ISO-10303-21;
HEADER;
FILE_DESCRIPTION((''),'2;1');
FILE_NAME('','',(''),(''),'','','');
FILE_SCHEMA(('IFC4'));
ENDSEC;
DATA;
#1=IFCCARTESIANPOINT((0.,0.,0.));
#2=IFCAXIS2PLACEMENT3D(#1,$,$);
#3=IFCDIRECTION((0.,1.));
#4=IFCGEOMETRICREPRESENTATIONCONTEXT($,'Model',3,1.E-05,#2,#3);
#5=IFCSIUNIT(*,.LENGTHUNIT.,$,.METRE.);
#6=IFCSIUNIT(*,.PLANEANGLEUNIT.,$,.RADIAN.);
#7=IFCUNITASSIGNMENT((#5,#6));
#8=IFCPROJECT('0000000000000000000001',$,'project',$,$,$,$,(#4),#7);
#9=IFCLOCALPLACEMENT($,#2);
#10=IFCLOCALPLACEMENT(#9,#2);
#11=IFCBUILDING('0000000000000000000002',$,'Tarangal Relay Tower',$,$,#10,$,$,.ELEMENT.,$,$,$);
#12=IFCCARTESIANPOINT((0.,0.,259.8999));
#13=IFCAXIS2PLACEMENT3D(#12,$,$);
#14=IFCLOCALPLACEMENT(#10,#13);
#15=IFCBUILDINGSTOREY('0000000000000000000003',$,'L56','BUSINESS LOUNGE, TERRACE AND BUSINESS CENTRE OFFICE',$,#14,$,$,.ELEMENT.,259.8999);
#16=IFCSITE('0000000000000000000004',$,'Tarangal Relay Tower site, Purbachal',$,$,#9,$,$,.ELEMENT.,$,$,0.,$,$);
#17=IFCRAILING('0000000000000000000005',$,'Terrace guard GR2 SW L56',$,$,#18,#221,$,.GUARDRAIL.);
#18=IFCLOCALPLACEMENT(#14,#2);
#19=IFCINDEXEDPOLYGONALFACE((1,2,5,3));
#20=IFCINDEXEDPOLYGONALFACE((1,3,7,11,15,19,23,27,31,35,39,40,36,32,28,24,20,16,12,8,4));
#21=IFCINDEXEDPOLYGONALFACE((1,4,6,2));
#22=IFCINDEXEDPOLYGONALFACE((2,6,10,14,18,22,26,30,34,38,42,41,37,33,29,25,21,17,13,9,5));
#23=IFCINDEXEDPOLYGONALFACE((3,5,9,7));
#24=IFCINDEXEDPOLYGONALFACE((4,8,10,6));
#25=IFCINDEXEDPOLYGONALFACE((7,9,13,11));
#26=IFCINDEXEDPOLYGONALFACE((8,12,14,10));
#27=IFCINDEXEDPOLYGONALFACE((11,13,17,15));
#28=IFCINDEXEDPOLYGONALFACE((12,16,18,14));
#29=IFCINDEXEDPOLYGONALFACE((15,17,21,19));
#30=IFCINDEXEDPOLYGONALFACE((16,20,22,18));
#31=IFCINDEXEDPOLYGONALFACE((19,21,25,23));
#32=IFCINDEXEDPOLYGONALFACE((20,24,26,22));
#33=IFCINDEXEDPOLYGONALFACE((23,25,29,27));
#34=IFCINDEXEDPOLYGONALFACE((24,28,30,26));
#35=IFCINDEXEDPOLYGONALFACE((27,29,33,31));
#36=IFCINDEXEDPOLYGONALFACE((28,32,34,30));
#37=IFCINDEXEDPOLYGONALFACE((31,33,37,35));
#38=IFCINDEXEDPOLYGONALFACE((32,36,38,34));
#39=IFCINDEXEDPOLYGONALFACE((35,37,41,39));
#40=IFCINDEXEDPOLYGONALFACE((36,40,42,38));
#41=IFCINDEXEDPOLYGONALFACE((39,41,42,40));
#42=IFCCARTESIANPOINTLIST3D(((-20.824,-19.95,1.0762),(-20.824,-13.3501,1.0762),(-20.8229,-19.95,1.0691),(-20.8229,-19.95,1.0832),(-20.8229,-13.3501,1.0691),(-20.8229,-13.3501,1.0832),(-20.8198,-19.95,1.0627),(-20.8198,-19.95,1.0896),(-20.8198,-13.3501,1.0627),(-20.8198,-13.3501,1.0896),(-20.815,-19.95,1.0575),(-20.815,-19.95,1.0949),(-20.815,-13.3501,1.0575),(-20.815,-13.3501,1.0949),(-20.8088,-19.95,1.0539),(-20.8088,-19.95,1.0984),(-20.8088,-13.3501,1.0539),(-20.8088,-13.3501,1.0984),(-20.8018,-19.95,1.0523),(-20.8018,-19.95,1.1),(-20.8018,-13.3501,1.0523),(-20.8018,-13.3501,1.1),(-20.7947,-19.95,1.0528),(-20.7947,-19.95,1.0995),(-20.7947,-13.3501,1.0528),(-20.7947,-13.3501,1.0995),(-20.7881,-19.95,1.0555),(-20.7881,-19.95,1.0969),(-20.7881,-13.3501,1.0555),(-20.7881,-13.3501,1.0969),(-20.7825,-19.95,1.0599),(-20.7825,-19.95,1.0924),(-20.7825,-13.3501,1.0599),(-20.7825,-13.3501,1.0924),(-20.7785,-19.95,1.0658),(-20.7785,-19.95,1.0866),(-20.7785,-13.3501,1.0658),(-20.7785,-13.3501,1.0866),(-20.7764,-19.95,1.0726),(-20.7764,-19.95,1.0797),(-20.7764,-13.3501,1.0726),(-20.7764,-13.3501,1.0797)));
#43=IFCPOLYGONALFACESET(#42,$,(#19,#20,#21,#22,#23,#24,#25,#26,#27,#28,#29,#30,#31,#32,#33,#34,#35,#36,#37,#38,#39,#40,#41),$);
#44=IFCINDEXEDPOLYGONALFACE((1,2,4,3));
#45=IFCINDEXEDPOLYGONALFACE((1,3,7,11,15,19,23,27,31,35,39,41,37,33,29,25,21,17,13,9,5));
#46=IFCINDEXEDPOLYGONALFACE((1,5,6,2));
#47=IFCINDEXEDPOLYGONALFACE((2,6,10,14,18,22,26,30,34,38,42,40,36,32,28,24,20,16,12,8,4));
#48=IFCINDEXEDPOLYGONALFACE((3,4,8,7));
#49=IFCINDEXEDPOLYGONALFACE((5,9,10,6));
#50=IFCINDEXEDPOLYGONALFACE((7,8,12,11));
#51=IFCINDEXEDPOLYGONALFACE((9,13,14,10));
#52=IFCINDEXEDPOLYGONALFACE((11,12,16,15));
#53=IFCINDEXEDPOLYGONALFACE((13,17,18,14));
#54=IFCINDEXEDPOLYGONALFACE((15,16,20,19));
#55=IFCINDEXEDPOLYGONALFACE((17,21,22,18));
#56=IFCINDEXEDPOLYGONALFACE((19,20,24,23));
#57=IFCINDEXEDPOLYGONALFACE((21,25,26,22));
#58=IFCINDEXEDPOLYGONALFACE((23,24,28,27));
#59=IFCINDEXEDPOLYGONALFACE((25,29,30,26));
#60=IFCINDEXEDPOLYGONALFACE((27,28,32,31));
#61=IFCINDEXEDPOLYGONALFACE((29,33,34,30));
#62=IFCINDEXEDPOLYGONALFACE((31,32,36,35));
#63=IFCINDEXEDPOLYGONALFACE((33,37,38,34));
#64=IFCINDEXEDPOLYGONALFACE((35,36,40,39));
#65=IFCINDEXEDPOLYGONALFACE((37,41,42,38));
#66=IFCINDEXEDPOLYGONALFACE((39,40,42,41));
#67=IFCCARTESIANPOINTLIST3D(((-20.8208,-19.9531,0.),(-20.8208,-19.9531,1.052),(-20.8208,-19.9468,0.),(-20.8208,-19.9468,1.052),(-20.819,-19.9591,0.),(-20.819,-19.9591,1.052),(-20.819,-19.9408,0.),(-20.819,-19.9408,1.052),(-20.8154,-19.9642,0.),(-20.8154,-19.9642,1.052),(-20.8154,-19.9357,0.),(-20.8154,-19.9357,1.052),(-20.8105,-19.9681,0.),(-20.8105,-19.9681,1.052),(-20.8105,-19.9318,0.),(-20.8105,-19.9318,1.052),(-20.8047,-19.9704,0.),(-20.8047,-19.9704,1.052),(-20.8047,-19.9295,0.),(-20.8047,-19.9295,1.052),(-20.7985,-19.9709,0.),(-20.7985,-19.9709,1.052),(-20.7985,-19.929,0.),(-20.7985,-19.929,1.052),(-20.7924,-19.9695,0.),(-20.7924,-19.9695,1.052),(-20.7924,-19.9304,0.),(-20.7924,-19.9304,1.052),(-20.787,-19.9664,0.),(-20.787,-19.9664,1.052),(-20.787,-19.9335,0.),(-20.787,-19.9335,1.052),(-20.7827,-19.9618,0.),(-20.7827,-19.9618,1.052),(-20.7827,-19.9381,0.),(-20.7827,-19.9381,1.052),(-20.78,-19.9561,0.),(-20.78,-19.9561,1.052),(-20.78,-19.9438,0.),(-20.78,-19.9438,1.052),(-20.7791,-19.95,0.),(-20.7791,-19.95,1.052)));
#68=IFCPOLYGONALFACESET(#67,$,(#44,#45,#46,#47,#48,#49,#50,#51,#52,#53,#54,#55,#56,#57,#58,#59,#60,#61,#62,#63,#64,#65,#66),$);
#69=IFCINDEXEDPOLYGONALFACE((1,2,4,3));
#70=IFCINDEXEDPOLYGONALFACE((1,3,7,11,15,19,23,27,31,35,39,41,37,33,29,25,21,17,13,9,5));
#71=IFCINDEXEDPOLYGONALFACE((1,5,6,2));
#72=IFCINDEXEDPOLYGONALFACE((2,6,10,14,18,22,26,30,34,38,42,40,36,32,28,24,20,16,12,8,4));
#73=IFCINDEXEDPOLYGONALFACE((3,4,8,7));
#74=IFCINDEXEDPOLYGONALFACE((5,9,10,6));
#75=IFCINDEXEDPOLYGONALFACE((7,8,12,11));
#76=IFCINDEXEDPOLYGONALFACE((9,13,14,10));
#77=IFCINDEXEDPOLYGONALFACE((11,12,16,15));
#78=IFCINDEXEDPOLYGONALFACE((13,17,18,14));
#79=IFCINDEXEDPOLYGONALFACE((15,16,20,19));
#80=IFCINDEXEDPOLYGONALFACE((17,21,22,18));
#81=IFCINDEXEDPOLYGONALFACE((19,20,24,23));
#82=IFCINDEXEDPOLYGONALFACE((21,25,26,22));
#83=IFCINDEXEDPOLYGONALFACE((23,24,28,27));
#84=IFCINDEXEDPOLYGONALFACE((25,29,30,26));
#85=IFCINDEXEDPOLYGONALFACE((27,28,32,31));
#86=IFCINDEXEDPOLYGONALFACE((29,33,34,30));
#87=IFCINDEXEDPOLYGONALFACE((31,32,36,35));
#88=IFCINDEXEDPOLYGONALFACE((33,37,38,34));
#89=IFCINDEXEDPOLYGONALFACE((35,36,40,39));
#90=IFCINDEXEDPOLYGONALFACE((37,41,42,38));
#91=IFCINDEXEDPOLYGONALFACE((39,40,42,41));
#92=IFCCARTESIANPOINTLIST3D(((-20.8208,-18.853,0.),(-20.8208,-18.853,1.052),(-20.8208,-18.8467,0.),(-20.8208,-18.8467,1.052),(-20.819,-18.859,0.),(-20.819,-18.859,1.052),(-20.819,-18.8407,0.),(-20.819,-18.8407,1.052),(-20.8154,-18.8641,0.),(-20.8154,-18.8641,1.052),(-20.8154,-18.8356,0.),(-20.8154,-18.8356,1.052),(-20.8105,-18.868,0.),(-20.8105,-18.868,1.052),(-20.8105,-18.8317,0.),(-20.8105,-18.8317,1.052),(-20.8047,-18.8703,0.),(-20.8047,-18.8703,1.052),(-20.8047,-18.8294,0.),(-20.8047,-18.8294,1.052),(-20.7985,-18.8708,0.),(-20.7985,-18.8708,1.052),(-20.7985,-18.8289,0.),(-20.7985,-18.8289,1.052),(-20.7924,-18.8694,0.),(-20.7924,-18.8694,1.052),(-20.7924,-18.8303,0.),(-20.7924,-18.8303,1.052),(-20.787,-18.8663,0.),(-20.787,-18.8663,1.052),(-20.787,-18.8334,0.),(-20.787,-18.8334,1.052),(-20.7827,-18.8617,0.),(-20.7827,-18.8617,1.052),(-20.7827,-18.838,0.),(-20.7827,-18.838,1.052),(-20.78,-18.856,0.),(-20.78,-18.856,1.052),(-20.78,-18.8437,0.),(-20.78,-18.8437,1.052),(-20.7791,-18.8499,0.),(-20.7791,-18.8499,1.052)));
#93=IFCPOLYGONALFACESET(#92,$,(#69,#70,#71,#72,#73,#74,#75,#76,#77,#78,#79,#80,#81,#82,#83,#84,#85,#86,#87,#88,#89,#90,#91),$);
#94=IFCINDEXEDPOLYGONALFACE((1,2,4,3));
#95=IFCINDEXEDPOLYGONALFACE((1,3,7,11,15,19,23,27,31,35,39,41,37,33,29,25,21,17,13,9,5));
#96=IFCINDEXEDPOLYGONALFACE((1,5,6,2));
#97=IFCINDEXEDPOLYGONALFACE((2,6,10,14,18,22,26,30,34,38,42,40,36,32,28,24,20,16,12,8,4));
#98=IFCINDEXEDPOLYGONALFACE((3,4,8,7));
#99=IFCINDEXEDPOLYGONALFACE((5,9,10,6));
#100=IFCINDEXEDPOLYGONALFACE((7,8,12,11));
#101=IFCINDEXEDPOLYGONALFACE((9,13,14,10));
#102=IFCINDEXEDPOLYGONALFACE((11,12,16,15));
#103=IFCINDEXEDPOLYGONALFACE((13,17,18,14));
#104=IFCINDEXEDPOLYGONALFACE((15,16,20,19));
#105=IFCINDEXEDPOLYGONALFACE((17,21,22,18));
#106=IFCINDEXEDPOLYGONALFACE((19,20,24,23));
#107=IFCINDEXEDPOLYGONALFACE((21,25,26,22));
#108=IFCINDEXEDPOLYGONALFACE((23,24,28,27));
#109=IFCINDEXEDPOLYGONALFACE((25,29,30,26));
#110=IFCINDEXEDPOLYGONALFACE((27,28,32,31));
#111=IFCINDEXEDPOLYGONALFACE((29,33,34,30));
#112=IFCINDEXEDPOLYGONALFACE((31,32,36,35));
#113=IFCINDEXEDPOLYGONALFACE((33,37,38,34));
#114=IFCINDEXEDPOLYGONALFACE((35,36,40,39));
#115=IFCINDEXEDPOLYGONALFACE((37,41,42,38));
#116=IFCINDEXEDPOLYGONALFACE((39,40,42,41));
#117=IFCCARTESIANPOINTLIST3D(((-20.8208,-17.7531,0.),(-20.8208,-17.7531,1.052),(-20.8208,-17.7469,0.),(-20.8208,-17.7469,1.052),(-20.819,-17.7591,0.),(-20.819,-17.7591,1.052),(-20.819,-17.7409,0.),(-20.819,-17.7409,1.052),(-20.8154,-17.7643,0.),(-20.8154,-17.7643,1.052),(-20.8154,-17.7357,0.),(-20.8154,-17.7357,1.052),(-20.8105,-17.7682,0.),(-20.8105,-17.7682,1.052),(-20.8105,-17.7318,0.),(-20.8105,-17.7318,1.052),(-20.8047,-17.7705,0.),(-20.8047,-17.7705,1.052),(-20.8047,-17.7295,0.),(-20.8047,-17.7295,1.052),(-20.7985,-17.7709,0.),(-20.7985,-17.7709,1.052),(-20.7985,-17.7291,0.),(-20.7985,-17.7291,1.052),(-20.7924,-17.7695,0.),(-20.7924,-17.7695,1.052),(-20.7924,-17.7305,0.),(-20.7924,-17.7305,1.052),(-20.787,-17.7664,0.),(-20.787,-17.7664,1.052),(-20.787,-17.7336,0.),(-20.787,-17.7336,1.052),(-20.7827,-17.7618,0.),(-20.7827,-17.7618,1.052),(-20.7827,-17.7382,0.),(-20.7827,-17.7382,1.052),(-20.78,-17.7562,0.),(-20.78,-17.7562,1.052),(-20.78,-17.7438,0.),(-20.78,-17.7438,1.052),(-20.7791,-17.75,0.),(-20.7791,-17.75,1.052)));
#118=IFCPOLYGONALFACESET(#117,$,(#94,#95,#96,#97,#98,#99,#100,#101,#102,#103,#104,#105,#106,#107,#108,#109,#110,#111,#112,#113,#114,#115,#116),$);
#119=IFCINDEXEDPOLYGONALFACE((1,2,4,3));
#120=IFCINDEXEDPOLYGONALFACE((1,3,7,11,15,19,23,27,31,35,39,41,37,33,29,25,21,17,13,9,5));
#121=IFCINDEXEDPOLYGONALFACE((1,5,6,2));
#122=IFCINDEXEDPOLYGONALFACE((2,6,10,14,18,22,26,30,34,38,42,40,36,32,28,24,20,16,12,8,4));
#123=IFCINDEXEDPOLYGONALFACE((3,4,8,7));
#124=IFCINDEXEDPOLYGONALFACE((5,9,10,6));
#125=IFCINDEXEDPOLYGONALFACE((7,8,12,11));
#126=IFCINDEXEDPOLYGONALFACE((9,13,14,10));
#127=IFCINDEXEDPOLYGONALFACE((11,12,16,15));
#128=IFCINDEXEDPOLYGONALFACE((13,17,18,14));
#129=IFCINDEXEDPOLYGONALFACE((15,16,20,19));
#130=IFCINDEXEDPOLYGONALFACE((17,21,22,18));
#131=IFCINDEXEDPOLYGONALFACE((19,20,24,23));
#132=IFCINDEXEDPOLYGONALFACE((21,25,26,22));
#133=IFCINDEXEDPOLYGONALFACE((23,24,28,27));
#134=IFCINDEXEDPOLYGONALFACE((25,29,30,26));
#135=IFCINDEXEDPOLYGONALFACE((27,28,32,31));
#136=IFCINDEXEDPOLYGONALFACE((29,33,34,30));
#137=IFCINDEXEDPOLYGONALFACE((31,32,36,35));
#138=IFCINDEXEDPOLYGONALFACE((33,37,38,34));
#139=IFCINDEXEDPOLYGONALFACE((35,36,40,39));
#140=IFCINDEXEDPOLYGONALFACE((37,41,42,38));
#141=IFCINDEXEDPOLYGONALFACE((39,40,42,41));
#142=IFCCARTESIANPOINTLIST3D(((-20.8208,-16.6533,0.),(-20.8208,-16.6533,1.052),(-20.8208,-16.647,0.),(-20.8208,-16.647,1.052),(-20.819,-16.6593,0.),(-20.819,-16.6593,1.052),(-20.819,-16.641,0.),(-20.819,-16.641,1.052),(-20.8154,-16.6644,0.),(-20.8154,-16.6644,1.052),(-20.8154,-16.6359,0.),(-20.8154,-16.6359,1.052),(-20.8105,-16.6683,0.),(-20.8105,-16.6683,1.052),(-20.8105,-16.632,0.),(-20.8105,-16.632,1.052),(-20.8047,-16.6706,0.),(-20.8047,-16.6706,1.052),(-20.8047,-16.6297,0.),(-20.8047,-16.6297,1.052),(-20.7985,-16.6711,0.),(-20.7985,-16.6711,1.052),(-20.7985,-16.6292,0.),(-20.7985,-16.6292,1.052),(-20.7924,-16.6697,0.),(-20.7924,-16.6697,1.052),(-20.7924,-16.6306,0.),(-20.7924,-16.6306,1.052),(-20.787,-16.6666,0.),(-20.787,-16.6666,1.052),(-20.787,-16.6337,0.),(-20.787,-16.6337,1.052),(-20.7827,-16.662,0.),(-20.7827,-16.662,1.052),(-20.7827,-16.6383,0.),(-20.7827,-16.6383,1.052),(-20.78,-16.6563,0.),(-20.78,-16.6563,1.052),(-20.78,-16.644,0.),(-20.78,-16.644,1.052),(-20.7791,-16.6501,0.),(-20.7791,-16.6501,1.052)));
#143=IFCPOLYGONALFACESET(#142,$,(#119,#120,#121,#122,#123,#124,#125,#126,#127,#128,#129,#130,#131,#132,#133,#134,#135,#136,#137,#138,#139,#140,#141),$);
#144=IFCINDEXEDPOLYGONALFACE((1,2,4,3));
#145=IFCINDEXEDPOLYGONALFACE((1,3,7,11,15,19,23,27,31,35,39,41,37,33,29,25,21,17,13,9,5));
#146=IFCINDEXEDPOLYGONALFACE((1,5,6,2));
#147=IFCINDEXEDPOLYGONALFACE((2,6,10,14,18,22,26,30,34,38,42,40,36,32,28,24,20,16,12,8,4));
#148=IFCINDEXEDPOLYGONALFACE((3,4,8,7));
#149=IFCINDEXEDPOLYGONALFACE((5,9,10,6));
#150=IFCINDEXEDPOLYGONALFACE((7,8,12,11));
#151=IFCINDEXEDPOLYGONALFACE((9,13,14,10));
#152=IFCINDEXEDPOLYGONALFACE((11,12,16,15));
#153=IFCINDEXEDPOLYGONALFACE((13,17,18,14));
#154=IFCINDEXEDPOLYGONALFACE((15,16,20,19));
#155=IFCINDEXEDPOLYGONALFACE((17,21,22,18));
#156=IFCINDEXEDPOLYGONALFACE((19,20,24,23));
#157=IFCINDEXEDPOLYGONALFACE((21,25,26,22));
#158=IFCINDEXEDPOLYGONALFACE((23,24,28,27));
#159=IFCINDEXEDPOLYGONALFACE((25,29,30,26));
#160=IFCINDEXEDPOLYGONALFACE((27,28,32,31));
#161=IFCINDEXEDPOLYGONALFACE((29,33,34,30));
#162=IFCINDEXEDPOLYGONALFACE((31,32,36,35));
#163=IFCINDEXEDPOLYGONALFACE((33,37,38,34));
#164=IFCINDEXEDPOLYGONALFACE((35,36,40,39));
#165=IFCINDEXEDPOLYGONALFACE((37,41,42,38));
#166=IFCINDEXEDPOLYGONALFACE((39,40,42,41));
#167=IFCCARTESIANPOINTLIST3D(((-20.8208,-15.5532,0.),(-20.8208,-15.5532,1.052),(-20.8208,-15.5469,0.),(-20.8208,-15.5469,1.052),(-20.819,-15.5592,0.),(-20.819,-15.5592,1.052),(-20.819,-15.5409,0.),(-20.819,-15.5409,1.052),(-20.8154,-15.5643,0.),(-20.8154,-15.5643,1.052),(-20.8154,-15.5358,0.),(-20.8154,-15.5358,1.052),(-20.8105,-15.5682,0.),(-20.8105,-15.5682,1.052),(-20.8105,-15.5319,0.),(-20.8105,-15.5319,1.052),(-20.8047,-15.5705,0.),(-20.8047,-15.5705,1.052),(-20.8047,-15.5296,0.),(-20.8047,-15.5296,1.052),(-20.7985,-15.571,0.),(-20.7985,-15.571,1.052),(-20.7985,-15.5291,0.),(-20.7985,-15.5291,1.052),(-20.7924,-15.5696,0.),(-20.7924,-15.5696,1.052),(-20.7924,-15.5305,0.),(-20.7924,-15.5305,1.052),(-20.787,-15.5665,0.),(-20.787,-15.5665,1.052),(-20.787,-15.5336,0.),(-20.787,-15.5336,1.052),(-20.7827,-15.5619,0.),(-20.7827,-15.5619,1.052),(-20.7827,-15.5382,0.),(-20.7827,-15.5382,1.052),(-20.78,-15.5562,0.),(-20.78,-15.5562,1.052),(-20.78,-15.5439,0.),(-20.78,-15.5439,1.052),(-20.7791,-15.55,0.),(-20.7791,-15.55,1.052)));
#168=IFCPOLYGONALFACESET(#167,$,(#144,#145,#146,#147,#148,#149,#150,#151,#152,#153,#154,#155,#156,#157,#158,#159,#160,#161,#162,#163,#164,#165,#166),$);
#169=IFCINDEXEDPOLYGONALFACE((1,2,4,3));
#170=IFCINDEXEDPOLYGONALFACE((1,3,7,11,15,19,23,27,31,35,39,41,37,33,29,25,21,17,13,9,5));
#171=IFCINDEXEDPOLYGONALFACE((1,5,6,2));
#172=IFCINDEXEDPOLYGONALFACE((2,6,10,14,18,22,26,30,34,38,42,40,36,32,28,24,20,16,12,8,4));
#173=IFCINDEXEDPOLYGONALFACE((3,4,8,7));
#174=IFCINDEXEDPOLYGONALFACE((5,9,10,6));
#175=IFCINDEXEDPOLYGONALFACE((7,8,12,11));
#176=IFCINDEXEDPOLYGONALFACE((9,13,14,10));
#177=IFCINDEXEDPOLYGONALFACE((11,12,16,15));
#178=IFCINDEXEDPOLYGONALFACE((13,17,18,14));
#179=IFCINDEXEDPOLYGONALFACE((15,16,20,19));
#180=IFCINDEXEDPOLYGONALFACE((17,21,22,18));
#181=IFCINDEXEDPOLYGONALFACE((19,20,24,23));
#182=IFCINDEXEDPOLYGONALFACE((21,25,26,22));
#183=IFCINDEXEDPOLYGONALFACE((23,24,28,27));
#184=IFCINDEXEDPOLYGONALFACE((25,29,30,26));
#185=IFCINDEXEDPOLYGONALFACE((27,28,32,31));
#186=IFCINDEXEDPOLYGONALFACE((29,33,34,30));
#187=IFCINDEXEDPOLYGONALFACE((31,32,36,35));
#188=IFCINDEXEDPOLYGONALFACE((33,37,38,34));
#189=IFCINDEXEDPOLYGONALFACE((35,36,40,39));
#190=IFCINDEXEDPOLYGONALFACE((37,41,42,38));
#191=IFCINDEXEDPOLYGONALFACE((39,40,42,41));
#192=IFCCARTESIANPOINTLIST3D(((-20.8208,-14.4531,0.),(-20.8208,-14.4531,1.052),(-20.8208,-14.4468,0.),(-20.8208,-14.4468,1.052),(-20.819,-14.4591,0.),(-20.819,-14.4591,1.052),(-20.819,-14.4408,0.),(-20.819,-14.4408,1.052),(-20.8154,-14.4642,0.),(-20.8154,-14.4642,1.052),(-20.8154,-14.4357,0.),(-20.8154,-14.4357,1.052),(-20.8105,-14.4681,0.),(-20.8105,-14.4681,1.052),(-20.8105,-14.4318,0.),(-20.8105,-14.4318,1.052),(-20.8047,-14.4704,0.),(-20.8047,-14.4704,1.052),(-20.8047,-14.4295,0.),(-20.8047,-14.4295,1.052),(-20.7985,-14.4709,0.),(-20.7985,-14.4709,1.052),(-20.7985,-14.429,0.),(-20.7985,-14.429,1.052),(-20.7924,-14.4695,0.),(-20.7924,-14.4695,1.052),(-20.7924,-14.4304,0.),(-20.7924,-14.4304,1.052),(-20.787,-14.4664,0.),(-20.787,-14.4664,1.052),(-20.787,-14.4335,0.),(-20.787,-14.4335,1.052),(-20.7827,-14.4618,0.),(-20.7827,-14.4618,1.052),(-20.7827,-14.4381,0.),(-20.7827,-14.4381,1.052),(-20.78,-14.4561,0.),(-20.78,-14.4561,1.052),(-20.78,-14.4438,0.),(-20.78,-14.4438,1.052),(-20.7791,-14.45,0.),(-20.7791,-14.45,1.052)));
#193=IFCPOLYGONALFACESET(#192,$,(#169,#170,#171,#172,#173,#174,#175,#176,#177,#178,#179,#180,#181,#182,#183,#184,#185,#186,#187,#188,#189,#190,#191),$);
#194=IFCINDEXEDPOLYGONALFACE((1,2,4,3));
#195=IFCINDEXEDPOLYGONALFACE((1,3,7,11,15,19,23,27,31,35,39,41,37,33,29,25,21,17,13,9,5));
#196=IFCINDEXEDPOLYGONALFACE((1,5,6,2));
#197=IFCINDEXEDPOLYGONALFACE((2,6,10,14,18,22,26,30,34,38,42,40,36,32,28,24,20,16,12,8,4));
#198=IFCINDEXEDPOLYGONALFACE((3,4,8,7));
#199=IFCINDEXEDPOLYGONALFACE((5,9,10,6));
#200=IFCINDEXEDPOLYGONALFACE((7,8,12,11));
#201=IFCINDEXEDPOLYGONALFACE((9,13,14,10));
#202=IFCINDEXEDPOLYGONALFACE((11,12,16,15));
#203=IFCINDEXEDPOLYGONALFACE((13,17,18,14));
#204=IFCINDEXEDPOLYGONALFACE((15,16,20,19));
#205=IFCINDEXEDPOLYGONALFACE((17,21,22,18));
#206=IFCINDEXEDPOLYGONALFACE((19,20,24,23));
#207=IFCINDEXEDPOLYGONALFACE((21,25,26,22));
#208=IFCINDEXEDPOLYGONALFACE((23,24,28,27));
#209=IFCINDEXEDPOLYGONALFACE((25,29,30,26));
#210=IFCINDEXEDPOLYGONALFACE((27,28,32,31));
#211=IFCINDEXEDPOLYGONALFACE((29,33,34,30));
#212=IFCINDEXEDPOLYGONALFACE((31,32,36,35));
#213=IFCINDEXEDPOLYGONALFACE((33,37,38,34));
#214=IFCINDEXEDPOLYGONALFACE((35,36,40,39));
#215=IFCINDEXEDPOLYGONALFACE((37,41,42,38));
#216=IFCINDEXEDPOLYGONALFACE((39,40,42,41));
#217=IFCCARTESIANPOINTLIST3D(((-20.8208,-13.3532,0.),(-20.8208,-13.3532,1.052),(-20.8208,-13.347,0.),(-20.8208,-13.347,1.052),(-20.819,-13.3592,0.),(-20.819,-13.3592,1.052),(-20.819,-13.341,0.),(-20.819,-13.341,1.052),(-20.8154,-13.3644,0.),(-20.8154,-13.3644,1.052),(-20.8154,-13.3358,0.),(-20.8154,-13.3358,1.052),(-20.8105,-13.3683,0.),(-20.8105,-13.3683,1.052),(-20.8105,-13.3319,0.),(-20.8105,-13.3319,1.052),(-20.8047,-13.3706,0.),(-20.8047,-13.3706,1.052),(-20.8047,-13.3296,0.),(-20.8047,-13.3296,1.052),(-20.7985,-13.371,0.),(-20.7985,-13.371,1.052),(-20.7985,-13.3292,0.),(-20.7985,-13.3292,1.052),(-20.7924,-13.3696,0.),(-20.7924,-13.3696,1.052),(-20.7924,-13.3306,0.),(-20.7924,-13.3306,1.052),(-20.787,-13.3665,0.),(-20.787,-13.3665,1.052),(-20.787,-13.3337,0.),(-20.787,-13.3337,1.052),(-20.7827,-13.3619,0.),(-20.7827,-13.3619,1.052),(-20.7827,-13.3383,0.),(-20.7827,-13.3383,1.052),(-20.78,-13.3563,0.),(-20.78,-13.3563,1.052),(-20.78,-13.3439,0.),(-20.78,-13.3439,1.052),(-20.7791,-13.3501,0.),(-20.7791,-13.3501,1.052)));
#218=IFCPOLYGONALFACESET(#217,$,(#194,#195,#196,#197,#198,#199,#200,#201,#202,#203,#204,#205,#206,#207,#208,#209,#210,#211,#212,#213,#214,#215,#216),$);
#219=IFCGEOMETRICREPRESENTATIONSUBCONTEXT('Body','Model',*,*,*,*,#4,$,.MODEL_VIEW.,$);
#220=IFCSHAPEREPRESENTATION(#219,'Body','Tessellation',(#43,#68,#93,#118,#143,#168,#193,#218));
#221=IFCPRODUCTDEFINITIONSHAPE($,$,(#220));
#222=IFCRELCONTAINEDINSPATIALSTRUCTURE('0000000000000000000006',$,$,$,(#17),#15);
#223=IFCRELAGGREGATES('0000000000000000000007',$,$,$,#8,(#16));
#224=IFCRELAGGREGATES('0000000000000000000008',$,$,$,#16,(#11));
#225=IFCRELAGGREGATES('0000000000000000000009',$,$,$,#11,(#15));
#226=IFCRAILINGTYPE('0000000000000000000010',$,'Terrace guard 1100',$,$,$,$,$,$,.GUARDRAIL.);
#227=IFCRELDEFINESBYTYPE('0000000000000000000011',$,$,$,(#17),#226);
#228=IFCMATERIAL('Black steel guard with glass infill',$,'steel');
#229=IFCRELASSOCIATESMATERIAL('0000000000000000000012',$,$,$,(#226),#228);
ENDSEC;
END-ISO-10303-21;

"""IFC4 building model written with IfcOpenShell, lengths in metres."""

from ifc_helpers import new_model, si_unit, direction, frame, origin, origin_2d, place, context, subcontext, project, spatial, circle, extrude, material, type_object, element, save


model = new_model("IFC4")

# Units and contexts
model_context = context("Model", 3, precision=1e-05, world=origin(), true_north=direction((0.0, 1.0)))
body_context = subcontext(model_context, "Body", "Model", "MODEL_VIEW")
ifc_project = project(units=[si_unit("LENGTHUNIT", "METRE"), si_unit("PLANEANGLEUNIT", "RADIAN")], contexts=[model_context])

# Site, building, storey
site_placement = place(None, origin())
site = spatial("IfcSite", under=ifc_project, at=site_placement, Name="Tarangal Relay Tower site, Purbachal", CompositionType="ELEMENT", RefElevation=0.0)
building_placement = place(site_placement, origin())
building = spatial("IfcBuilding", under=site, at=building_placement, Name="Tarangal Relay Tower", CompositionType="ELEMENT")
storey_placement = place(building_placement, frame((0.0, 0.0, 259.8999)))
storey = spatial("IfcBuildingStorey", under=building, at=storey_placement, Name="L56", Description="BUSINESS LOUNGE, TERRACE AND BUSINESS CENTRE OFFICE", CompositionType="ELEMENT", Elevation=259.8999)

# Railing
ifc_material_1 = material(Name="Black steel guard with glass infill", Category="steel")
railing_type = type_object("IfcRailingType", Name="Terrace guard 1100", PredefinedType="GUARDRAIL", material=ifc_material_1)
railing_1_placement = place(storey_placement, frame((-20.8, -19.95, 0.0)))
element("IfcRailing", 1, at=railing_1_placement, inside=storey, type_object=railing_type, Name="Terrace guard GR2 SW L56", PredefinedType="GUARDRAIL", context=body_context, shape_type="SweptSolid", body=[
    extrude(circle(Radius=0.0239, at=origin_2d()), frame((0.0, 0.0, 1.0762), z_axis=(0.0, 1.0, 0.0), x_axis=(-1.0, 0.0, 0.0)), (0.0, 0.0, 1.0), 6.5999),
    extrude(circle(Radius=0.021, at=origin_2d()), origin(), (0.0, 0.0, 1.0), 1.052),
    extrude(circle(Radius=0.021, at=origin_2d()), frame((0.0, 1.1001, 0.0)), (0.0, 0.0, 1.0), 1.052),
    extrude(circle(Radius=0.021, at=origin_2d()), frame((0.0, 2.2, 0.0)), (0.0, 0.0, 1.0), 1.052),
    extrude(circle(Radius=0.021, at=origin_2d()), frame((0.0, 3.2998, 0.0)), (0.0, 0.0, 1.0), 1.052),
    extrude(circle(Radius=0.021, at=origin_2d()), frame((0.0, 4.3999, 0.0)), (0.0, 0.0, 1.0), 1.052),
    extrude(circle(Radius=0.021, at=origin_2d()), frame((0.0, 5.5, 0.0)), (0.0, 0.0, 1.0), 1.052),
    extrude(circle(Radius=0.021, at=origin_2d()), frame((0.0, 6.5999, 0.0)), (0.0, 0.0, 1.0), 1.052),
])

save(model, "model.ifc")
